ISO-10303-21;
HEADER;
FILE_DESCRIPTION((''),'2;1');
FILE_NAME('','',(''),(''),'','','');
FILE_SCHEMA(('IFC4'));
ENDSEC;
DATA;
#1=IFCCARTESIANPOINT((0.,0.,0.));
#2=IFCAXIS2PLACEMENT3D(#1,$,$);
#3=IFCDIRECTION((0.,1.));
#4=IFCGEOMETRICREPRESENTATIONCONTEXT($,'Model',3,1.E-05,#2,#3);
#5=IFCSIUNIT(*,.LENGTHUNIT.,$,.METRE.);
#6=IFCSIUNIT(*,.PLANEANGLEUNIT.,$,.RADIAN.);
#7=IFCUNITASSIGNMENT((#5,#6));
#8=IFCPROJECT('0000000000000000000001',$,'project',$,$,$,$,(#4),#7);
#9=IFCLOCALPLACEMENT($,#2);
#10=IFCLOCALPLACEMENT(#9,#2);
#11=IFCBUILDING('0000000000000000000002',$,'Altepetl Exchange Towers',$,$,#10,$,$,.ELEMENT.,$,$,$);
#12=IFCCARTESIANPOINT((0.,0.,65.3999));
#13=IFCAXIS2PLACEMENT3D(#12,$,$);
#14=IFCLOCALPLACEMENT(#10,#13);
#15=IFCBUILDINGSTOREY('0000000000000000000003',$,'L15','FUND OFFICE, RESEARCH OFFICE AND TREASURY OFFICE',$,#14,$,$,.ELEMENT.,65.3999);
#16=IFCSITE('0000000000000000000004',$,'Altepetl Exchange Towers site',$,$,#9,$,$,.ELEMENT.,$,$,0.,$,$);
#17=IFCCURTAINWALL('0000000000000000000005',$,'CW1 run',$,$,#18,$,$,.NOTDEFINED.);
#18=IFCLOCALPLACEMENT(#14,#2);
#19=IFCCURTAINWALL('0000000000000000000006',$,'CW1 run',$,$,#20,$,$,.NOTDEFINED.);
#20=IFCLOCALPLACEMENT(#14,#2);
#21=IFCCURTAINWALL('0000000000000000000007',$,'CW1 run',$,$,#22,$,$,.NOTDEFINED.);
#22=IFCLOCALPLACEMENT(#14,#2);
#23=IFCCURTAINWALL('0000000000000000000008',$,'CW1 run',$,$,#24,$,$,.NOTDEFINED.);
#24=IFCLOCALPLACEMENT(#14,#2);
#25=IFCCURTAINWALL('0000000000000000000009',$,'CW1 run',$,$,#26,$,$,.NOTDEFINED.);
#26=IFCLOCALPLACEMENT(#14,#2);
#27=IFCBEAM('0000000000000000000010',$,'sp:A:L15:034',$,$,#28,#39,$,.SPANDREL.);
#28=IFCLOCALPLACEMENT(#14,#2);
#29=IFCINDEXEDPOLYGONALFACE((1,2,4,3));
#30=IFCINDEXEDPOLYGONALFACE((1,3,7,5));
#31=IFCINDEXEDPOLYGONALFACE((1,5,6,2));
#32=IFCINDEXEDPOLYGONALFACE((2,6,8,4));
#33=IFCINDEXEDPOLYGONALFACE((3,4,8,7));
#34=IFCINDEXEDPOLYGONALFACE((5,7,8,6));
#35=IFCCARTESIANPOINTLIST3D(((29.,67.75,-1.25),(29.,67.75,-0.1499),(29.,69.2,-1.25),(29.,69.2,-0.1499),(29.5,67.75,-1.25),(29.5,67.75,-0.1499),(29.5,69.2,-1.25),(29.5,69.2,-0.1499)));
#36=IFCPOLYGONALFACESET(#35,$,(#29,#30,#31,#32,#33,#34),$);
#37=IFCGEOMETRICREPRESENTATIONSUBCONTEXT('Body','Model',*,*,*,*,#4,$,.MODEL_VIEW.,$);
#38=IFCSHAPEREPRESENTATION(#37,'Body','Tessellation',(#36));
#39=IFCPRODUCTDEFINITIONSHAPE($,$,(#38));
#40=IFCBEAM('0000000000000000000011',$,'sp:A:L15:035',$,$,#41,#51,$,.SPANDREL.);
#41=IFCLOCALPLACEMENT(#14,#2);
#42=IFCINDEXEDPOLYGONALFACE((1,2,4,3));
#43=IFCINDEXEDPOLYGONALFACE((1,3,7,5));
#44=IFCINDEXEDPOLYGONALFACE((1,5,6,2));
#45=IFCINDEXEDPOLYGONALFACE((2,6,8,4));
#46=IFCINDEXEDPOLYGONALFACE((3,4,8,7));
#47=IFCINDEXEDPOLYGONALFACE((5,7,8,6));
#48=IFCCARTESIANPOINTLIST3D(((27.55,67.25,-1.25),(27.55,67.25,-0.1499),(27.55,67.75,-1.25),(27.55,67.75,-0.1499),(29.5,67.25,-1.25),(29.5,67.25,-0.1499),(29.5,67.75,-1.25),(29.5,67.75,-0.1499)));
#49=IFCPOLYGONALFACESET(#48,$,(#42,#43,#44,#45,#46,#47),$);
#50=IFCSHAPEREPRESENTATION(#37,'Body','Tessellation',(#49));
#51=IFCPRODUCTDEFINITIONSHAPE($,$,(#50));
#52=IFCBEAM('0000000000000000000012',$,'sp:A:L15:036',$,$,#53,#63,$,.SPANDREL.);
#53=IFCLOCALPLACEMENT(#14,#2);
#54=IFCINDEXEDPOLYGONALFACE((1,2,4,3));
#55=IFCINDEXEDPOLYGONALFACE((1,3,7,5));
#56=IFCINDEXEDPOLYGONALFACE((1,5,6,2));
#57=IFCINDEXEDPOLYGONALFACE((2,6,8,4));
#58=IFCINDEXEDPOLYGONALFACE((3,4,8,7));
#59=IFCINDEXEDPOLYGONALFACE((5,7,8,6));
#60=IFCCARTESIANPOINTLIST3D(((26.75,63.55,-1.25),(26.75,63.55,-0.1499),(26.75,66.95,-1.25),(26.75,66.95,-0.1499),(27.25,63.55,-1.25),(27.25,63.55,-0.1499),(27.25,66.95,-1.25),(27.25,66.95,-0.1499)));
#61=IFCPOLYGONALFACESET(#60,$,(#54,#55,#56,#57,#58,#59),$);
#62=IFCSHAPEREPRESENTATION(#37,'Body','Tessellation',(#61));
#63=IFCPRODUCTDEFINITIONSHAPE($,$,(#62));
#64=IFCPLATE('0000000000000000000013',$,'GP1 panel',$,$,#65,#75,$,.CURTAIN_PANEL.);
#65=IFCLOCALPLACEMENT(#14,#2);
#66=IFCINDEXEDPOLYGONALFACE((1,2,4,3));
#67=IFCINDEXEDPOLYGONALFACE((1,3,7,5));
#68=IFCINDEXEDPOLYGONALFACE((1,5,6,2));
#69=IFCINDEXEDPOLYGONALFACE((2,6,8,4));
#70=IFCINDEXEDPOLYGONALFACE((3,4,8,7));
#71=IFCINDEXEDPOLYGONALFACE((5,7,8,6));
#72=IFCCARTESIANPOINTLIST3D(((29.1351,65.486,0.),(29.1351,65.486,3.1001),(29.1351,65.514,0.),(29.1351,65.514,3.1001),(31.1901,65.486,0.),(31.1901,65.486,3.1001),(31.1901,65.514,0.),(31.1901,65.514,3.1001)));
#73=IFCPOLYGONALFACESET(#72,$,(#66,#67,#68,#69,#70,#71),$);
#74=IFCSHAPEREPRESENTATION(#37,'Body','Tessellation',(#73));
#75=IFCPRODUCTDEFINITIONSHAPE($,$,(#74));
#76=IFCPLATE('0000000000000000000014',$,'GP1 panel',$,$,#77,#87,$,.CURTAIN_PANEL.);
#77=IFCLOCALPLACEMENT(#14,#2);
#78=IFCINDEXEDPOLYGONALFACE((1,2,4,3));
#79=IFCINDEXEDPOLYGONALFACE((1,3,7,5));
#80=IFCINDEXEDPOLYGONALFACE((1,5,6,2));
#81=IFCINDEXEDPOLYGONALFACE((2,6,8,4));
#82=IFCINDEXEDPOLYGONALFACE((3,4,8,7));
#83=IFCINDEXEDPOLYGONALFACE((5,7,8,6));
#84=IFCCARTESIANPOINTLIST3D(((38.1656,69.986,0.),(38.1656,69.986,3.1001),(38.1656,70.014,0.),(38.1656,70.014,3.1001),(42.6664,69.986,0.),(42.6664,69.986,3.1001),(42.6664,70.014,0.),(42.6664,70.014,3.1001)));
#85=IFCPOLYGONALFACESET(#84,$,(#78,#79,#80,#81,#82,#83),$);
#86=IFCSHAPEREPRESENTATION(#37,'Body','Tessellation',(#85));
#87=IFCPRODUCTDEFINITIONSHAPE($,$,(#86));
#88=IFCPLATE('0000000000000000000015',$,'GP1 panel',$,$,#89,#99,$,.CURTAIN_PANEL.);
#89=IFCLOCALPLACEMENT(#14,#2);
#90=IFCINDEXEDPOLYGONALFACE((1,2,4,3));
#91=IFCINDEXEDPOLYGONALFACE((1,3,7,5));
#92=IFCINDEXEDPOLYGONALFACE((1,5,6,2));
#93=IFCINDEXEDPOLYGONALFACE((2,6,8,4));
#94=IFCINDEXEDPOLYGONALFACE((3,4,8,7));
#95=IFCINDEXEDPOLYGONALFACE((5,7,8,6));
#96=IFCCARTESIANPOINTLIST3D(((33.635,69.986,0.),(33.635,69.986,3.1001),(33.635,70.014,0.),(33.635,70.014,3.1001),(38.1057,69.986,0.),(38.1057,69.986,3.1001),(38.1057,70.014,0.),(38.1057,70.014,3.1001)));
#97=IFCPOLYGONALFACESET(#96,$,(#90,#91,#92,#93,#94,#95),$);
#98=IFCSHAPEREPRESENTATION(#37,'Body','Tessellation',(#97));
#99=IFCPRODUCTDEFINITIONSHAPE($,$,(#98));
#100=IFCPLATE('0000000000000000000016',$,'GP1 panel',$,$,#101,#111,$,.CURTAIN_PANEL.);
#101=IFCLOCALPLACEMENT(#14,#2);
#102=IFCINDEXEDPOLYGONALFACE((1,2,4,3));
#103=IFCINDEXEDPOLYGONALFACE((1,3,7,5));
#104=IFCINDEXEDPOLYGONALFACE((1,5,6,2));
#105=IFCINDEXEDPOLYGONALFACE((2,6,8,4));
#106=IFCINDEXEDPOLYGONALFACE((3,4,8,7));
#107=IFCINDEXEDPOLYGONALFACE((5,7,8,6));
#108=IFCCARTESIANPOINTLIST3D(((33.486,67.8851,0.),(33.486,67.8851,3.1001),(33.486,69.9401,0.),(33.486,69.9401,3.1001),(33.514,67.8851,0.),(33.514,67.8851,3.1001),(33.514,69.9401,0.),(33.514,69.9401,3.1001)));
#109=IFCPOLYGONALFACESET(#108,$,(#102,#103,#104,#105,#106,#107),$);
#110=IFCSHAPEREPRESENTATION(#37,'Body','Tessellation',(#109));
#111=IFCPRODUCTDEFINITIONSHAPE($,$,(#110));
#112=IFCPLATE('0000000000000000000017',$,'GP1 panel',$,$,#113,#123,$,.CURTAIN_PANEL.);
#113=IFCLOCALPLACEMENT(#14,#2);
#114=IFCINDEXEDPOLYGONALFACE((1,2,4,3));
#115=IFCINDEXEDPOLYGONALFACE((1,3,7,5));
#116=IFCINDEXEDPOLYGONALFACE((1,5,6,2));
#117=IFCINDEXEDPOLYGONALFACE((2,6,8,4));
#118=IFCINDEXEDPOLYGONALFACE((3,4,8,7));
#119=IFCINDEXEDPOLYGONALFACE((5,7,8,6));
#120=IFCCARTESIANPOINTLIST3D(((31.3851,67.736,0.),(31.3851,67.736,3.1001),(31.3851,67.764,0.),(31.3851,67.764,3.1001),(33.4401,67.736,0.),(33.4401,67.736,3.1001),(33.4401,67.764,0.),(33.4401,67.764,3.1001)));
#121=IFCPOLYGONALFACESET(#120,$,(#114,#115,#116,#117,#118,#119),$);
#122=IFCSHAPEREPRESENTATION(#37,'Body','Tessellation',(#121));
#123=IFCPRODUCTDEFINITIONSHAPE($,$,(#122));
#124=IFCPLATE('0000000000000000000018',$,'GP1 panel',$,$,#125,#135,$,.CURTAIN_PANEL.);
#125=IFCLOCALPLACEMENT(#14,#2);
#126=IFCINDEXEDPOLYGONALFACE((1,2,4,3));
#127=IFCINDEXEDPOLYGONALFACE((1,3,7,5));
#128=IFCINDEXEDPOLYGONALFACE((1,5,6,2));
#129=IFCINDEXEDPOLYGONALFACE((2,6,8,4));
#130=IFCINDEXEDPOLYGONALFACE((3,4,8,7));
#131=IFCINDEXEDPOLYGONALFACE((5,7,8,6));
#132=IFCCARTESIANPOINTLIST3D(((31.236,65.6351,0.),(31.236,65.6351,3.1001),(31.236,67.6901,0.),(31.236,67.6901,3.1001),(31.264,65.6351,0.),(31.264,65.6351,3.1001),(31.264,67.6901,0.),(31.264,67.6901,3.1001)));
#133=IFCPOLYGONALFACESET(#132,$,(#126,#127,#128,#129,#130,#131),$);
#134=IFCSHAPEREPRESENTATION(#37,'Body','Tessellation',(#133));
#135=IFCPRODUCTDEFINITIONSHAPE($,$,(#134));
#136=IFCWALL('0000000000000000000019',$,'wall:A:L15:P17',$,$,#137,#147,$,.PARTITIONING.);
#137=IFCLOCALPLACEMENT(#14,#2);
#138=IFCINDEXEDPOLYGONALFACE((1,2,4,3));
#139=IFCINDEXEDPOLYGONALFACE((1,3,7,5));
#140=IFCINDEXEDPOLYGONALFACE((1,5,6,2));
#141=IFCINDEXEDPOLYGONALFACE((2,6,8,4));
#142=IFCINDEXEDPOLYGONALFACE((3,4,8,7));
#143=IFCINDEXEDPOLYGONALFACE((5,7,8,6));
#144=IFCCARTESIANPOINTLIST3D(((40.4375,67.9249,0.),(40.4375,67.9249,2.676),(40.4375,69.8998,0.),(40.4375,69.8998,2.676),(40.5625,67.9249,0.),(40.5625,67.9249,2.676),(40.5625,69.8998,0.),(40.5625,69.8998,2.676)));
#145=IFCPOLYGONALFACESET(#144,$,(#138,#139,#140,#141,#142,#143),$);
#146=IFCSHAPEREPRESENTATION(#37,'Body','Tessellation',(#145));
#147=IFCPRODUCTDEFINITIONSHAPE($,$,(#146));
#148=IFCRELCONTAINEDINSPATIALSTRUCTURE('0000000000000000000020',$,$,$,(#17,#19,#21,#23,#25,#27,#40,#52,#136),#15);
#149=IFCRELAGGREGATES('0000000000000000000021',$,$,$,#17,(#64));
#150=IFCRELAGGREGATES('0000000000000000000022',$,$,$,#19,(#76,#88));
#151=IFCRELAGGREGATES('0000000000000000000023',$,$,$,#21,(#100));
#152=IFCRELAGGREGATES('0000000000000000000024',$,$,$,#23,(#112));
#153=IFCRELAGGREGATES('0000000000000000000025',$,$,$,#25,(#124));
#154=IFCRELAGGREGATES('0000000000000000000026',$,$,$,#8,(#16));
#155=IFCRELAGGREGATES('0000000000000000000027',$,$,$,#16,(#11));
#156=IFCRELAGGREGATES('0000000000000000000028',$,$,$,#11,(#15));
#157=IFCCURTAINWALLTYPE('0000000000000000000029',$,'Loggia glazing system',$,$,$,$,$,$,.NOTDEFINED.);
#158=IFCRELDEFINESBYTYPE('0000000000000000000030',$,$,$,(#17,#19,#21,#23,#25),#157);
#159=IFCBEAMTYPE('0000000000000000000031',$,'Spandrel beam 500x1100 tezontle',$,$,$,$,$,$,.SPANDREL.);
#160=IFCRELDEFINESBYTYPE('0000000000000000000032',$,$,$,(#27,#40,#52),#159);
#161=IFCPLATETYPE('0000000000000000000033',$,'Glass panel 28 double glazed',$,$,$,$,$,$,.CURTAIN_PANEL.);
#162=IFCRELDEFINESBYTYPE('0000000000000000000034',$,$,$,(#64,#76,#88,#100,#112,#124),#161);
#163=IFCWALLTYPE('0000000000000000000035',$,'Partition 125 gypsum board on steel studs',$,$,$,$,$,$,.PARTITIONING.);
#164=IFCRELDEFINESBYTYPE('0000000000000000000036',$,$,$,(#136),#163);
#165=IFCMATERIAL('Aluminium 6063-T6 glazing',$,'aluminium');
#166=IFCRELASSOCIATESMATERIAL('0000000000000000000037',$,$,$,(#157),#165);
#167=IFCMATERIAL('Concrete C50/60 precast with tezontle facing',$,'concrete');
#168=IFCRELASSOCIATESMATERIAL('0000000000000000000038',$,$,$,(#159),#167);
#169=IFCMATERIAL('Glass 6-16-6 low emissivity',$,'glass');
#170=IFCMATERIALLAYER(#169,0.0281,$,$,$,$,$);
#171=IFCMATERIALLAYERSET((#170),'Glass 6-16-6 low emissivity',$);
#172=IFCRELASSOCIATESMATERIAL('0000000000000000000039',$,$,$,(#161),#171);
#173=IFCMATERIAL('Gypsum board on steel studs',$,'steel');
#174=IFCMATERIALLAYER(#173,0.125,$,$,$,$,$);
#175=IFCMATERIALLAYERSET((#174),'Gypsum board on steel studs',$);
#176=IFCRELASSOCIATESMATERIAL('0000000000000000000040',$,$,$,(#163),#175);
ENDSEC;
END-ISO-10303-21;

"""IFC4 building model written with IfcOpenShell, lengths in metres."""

from ifc_helpers import new_model, si_unit, direction, frame, frame_2d, origin, origin_2d, place, context, subcontext, project, spatial, rectangle, extrude, material, layer, layer_set, material_profile, profile_set, type_object, element, aggregate, save


model = new_model("IFC4")

# Units and contexts
model_context = context("Model", 3, precision=1e-05, world=origin(), true_north=direction((0.0, 1.0)))
body_context = subcontext(model_context, "Body", "Model", "MODEL_VIEW")
ifc_project = project(units=[si_unit("LENGTHUNIT", "METRE"), si_unit("PLANEANGLEUNIT", "RADIAN")], contexts=[model_context])

# Site, building, storey
site_placement = place(None, origin())
site = spatial("IfcSite", under=ifc_project, at=site_placement, Name="Altepetl Exchange Towers site", CompositionType="ELEMENT", RefElevation=0.0)
building_placement = place(site_placement, origin())
building = spatial("IfcBuilding", under=site, at=building_placement, Name="Altepetl Exchange Towers", CompositionType="ELEMENT")
storey_placement = place(building_placement, frame((0.0, 0.0, 65.3999)))
storey = spatial("IfcBuildingStorey", under=building, at=storey_placement, Name="L15", Description="FUND OFFICE, RESEARCH OFFICE AND TREASURY OFFICE", CompositionType="ELEMENT", Elevation=65.3999)

# Curtain walls
ifc_material_1 = material(Name="Aluminium 6063-T6 glazing", Category="aluminium")
curtain_wall_type = type_object("IfcCurtainWallType", Name="Loggia glazing system", PredefinedType="NOTDEFINED", material=ifc_material_1)
curtain_wall_1_placement = place(storey_placement, origin())
curtain_wall_1 = element("IfcCurtainWall", 1, at=curtain_wall_1_placement, inside=storey, type_object=curtain_wall_type, Name="CW1 run", PredefinedType="NOTDEFINED")
curtain_wall_2_placement = place(storey_placement, origin())
curtain_wall_2 = element("IfcCurtainWall", 2, at=curtain_wall_2_placement, inside=storey, type_object=curtain_wall_type, Name="CW1 run", PredefinedType="NOTDEFINED")
curtain_wall_3_placement = place(storey_placement, origin())
curtain_wall_3 = element("IfcCurtainWall", 3, at=curtain_wall_3_placement, inside=storey, type_object=curtain_wall_type, Name="CW1 run", PredefinedType="NOTDEFINED")
curtain_wall_4_placement = place(storey_placement, origin())
curtain_wall_4 = element("IfcCurtainWall", 4, at=curtain_wall_4_placement, inside=storey, type_object=curtain_wall_type, Name="CW1 run", PredefinedType="NOTDEFINED")
curtain_wall_5_placement = place(storey_placement, origin())
curtain_wall_5 = element("IfcCurtainWall", 5, at=curtain_wall_5_placement, inside=storey, type_object=curtain_wall_type, Name="CW1 run", PredefinedType="NOTDEFINED")

# Beams
ifc_material_2 = material(Name="Concrete C50/60 precast with tezontle facing", Category="concrete")
ifc_material_profile_1 = material_profile(ifc_material_2, rectangle(XDim=0.5, YDim=1.1001, at=origin_2d()), Name="500 x 1100")
ifc_profile_set_1 = profile_set([ifc_material_profile_1], Name="Concrete C50/60 precast with tezontle facing")
beam_type_1 = type_object("IfcBeamType", Name="Spandrel beam 500x1100 tezontle", PredefinedType="SPANDREL", material=ifc_profile_set_1)
beam_1_placement = place(storey_placement, frame((29.25, 69.2, -0.7), z_axis=(0.0, -1.0, 0.0), x_axis=(1.0, 0.0, 0.0)))
element("IfcBeam", 6, at=beam_1_placement, inside=storey, type_object=beam_type_1, Name="sp:A:L15:034", PredefinedType="SPANDREL", context=body_context, shape_type="SweptSolid", body=[
    extrude(rectangle(XDim=0.5, YDim=1.1001, at=origin_2d()), origin(), (0.0, 0.0, 1.0), 1.45),
])
beam_2_placement = place(storey_placement, frame((29.5, 67.5, -0.7), z_axis=(-1.0, 0.0, 0.0), x_axis=(0.0, -1.0, 0.0)))
element("IfcBeam", 7, at=beam_2_placement, inside=storey, type_object=beam_type_1, Name="sp:A:L15:035", PredefinedType="SPANDREL", context=body_context, shape_type="SweptSolid", body=[
    extrude(rectangle(XDim=0.5, YDim=1.1001, at=origin_2d()), origin(), (0.0, 0.0, 1.0), 1.95),
])
beam_3_placement = place(storey_placement, frame((27.0, 66.95, -0.7), z_axis=(0.0, -1.0, 0.0), x_axis=(1.0, 0.0, 0.0)))
element("IfcBeam", 8, at=beam_3_placement, inside=storey, type_object=beam_type_1, Name="sp:A:L15:036", PredefinedType="SPANDREL", context=body_context, shape_type="SweptSolid", body=[
    extrude(rectangle(XDim=0.5, YDim=1.1001, at=origin_2d()), origin(), (0.0, 0.0, 1.0), 3.3999),
])

# Plates
ifc_material_3 = material(Name="Glass 6-16-6 low emissivity", Category="glass")
ifc_layer_1 = layer(ifc_material_3, 0.0281)
ifc_layer_set_1 = layer_set([ifc_layer_1], Name="Glass 6-16-6 low emissivity")
plate_type = type_object("IfcPlateType", Name="Glass panel 28 double glazed", PredefinedType="CURTAIN_PANEL", material=ifc_layer_set_1)
plate_1_placement = place(storey_placement, frame((30.1626, 65.5, 0.0), z_axis=(0.0, 0.0, 1.0), x_axis=(-1.0, 0.0, 0.0)))
plate_1 = element("IfcPlate", 9, at=plate_1_placement, type_object=plate_type, Name="GP1 panel", PredefinedType="CURTAIN_PANEL", context=body_context, shape_type="SweptSolid", body=[
    extrude(rectangle(XDim=2.0549, YDim=0.0281, at=origin_2d()), origin(), (0.0, 0.0, 1.0), 3.1001),
])
aggregate(curtain_wall_1, [plate_1])
plate_2_placement = place(storey_placement, frame((40.416, 70.0, 0.0), z_axis=(0.0, 0.0, 1.0), x_axis=(-1.0, 0.0, 0.0)))
plate_2 = element("IfcPlate", 10, at=plate_2_placement, type_object=plate_type, Name="GP1 panel", PredefinedType="CURTAIN_PANEL", context=body_context, shape_type="SweptSolid", body=[
    extrude(rectangle(XDim=4.5007, YDim=0.0281, at=origin_2d()), origin(), (0.0, 0.0, 1.0), 3.1001),
])
plate_3_placement = place(storey_placement, frame((35.8704, 70.0, 0.0), z_axis=(0.0, 0.0, 1.0), x_axis=(-1.0, 0.0, 0.0)))
plate_3 = element("IfcPlate", 11, at=plate_3_placement, type_object=plate_type, Name="GP1 panel", PredefinedType="CURTAIN_PANEL", context=body_context, shape_type="SweptSolid", body=[
    extrude(rectangle(XDim=4.4707, YDim=0.0281, at=origin_2d()), origin(), (0.0, 0.0, 1.0), 3.1001),
])
aggregate(curtain_wall_2, [plate_2, plate_3])
plate_4_placement = place(storey_placement, frame((33.5, 68.9126, 0.0), z_axis=(0.0, 0.0, 1.0), x_axis=(0.0, -1.0, 0.0)))
plate_4 = element("IfcPlate", 12, at=plate_4_placement, type_object=plate_type, Name="GP1 panel", PredefinedType="CURTAIN_PANEL", context=body_context, shape_type="SweptSolid", body=[
    extrude(rectangle(XDim=2.0549, YDim=0.0281, at=origin_2d()), origin(), (0.0, 0.0, 1.0), 3.1001),
])
aggregate(curtain_wall_3, [plate_4])
plate_5_placement = place(storey_placement, frame((32.4126, 67.75, 0.0), z_axis=(0.0, 0.0, 1.0), x_axis=(-1.0, 0.0, 0.0)))
plate_5 = element("IfcPlate", 13, at=plate_5_placement, type_object=plate_type, Name="GP1 panel", PredefinedType="CURTAIN_PANEL", context=body_context, shape_type="SweptSolid", body=[
    extrude(rectangle(XDim=2.0549, YDim=0.0281, at=origin_2d()), origin(), (0.0, 0.0, 1.0), 3.1001),
])
aggregate(curtain_wall_4, [plate_5])
plate_6_placement = place(storey_placement, frame((31.25, 66.6626, 0.0), z_axis=(0.0, 0.0, 1.0), x_axis=(0.0, -1.0, 0.0)))
plate_6 = element("IfcPlate", 14, at=plate_6_placement, type_object=plate_type, Name="GP1 panel", PredefinedType="CURTAIN_PANEL", context=body_context, shape_type="SweptSolid", body=[
    extrude(rectangle(XDim=2.0549, YDim=0.0281, at=origin_2d()), origin(), (0.0, 0.0, 1.0), 3.1001),
])
aggregate(curtain_wall_5, [plate_6])

# Wall
ifc_material_4 = material(Name="Gypsum board on steel studs", Category="steel")
ifc_layer_2 = layer(ifc_material_4, 0.125)
ifc_layer_set_2 = layer_set([ifc_layer_2], Name="Gypsum board on steel studs")
wall_type = type_object("IfcWallType", Name="Partition 125 gypsum board on steel studs", PredefinedType="PARTITIONING", material=ifc_layer_set_2)
wall_placement = place(storey_placement, frame((40.5, 67.925, 0.0), z_axis=(0.0, 0.0, 1.0), x_axis=(0.0, 1.0, 0.0)))
element("IfcWall", 15, at=wall_placement, inside=storey, type_object=wall_type, Name="wall:A:L15:P17", PredefinedType="PARTITIONING", context=body_context, shape_type="SweptSolid", body=[
    extrude(rectangle(XDim=1.9749, YDim=0.125, at=frame_2d((0.9873, 0.0))), origin(), (0.0, 0.0, 1.0), 2.676),
])

save(model, "model.ifc")
